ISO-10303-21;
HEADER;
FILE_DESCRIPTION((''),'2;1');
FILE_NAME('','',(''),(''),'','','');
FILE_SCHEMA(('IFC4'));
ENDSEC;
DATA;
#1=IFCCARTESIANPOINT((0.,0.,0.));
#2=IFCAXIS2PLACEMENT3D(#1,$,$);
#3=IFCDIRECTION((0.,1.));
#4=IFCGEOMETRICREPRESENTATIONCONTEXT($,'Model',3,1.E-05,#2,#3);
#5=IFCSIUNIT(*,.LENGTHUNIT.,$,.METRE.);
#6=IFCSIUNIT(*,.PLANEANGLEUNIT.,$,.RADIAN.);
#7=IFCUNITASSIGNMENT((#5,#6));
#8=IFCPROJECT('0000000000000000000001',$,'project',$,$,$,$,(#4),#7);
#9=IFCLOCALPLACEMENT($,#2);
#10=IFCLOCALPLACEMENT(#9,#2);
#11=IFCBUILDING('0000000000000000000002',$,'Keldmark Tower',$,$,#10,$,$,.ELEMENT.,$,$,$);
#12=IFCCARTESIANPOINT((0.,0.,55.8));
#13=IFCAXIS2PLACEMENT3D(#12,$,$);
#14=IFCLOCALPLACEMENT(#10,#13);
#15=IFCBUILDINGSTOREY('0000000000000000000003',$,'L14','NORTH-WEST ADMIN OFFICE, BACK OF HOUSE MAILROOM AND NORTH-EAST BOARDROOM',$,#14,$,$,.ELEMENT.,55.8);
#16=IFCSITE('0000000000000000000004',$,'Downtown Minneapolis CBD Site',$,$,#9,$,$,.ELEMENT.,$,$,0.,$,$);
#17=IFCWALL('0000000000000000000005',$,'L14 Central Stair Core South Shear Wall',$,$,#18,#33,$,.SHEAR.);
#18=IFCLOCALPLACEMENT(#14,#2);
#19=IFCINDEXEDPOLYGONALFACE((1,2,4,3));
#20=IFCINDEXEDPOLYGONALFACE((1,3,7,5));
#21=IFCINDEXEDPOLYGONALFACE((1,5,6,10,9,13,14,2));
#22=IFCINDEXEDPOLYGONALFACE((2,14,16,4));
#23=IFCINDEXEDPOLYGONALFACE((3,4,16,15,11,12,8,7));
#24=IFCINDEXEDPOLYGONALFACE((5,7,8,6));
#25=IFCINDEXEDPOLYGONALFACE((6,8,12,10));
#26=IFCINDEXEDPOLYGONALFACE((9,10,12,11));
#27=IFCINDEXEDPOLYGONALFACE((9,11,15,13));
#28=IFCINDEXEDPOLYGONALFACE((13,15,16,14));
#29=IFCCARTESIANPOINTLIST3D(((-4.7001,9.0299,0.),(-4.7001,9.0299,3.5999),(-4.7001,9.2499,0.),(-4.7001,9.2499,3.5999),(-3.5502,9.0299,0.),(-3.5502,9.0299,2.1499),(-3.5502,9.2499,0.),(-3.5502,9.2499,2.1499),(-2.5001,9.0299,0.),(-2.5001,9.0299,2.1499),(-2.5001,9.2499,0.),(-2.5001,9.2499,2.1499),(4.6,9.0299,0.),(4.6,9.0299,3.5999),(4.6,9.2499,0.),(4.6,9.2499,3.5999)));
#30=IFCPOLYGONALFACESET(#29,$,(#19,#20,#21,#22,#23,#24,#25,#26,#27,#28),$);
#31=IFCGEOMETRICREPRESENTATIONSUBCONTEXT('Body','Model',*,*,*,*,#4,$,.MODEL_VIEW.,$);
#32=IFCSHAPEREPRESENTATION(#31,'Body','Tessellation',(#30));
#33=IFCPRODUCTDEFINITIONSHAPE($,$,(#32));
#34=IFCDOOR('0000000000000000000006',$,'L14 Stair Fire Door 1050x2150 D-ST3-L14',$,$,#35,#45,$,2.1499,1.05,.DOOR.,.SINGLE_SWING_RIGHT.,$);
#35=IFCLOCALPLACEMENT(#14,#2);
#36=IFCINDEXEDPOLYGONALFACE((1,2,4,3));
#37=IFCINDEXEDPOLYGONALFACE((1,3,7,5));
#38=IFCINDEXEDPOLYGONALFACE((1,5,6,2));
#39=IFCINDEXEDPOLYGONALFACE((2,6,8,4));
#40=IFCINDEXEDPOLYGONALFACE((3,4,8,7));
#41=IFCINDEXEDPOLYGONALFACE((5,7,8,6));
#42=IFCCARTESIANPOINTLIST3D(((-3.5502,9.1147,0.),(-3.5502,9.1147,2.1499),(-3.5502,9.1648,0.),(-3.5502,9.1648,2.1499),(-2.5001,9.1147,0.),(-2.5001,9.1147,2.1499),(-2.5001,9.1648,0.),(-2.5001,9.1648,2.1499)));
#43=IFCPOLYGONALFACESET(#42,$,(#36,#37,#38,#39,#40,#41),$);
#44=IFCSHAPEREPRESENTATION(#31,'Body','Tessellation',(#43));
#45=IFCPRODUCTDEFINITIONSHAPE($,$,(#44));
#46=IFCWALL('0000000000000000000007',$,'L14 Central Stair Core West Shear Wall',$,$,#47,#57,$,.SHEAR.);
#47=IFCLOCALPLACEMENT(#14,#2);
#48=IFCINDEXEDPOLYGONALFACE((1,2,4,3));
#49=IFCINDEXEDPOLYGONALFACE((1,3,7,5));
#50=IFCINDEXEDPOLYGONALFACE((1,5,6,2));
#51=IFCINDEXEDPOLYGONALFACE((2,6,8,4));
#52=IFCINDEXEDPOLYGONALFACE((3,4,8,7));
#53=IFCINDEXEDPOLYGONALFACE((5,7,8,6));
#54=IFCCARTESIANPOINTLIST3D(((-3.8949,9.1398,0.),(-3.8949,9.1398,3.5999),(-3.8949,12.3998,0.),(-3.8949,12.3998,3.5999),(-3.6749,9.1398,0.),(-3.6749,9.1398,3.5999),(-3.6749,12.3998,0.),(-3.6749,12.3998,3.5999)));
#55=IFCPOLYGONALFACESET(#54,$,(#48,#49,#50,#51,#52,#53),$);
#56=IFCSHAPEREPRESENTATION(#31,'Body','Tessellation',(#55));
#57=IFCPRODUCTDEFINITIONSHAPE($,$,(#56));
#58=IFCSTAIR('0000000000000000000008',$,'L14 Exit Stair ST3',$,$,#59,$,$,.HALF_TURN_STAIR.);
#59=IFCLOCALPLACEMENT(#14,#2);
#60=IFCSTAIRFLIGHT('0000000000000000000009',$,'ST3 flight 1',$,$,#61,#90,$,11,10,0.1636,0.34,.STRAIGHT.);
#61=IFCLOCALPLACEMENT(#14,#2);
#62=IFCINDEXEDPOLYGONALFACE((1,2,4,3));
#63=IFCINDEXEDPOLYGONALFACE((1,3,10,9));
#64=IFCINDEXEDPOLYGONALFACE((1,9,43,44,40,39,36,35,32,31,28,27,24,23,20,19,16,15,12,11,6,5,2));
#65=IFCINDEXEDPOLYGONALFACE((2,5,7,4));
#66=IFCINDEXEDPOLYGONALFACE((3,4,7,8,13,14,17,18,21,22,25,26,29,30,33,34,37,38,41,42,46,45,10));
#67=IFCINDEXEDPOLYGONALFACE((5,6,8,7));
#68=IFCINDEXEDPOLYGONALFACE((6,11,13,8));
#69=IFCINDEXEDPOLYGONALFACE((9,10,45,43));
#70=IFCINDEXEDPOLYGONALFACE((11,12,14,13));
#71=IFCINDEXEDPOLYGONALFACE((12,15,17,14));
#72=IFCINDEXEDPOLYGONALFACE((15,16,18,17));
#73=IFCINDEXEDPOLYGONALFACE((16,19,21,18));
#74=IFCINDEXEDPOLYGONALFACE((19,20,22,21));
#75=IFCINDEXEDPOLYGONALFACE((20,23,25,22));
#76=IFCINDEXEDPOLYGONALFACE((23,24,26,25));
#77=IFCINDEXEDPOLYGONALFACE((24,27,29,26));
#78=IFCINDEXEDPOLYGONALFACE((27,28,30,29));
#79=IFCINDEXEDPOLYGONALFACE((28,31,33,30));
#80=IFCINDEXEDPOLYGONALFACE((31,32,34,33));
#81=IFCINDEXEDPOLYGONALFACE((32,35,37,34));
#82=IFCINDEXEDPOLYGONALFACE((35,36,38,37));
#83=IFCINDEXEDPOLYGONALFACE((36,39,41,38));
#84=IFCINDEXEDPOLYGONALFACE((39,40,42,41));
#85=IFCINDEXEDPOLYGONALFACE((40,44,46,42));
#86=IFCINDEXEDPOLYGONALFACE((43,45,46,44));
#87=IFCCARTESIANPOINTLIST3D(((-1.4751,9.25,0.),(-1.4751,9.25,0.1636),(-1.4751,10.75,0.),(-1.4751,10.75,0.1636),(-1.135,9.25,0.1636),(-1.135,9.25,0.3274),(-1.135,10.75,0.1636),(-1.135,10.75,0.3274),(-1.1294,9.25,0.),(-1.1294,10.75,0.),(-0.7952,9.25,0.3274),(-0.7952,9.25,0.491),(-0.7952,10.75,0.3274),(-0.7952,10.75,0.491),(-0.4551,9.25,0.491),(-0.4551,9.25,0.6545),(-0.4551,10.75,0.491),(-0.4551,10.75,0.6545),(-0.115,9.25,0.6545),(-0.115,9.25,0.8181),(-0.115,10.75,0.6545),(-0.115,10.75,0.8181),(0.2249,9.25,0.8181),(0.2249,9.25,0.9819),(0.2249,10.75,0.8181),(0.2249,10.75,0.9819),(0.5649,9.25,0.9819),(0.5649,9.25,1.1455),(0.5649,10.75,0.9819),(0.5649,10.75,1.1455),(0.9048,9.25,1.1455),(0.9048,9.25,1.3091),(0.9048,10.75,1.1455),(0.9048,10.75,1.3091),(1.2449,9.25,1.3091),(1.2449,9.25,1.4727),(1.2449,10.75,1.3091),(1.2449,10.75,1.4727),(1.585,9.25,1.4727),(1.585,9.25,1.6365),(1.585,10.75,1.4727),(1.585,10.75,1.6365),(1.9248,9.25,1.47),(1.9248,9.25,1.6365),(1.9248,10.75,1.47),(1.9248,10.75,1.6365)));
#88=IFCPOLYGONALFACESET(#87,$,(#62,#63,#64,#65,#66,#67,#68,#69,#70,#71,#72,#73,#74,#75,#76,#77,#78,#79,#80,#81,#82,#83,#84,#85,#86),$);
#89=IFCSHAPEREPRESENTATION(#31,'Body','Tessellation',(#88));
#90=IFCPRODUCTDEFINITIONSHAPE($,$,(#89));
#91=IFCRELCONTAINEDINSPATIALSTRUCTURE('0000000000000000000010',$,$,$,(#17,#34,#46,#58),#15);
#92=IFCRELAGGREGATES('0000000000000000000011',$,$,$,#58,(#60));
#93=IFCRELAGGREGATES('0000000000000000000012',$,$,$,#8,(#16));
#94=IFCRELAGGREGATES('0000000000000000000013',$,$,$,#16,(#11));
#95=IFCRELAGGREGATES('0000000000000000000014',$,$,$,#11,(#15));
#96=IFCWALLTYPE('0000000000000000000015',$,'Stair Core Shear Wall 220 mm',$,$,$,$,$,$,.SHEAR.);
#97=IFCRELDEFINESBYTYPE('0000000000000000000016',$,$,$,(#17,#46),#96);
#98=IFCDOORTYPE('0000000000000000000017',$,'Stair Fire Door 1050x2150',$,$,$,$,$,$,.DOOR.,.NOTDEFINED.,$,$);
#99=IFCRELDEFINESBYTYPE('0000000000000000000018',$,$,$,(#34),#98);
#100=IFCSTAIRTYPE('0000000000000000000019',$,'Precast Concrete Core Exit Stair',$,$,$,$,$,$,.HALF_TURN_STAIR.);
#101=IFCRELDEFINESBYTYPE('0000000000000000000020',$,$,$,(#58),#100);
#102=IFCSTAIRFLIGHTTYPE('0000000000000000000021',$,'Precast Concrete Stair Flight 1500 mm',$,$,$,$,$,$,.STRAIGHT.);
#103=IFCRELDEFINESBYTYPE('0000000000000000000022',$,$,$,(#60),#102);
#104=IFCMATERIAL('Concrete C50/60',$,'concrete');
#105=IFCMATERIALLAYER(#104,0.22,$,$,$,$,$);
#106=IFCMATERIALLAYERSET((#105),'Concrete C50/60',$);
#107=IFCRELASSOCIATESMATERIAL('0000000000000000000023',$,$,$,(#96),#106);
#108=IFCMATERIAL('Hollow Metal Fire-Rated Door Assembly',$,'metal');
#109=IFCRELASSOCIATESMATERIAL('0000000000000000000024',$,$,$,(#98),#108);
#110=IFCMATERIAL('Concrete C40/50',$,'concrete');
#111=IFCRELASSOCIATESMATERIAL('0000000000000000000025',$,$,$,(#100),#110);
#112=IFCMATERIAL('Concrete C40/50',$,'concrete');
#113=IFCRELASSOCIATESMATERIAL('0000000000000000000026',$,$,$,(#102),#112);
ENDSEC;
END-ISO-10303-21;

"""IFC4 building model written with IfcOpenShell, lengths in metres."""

from ifc_helpers import new_model, si_unit, direction, frame, frame_2d, origin, place, context, subcontext, project, spatial, polyline, rectangle, outline, extrude, material, layer, layer_set, type_object, element, fill, aggregate, save


model = new_model("IFC4")

# Units and contexts
model_context = context("Model", 3, precision=1e-05, world=origin(), true_north=direction((0.0, 1.0)))
body_context = subcontext(model_context, "Body", "Model", "MODEL_VIEW")
ifc_project = project(units=[si_unit("LENGTHUNIT", "METRE"), si_unit("PLANEANGLEUNIT", "RADIAN")], contexts=[model_context])

# Site, building, storey
site_placement = place(None, origin())
site = spatial("IfcSite", under=ifc_project, at=site_placement, Name="Downtown Minneapolis CBD Site", CompositionType="ELEMENT", RefElevation=0.0)
building_placement = place(site_placement, origin())
building = spatial("IfcBuilding", under=site, at=building_placement, Name="Keldmark Tower", CompositionType="ELEMENT")
storey_placement = place(building_placement, frame((0.0, 0.0, 55.8)))
storey = spatial("IfcBuildingStorey", under=building, at=storey_placement, Name="L14", Description="NORTH-WEST ADMIN OFFICE, BACK OF HOUSE MAILROOM AND NORTH-EAST BOARDROOM", CompositionType="ELEMENT", Elevation=55.8)

# Wall, opening, door
ifc_material_1 = material(Name="Concrete C50/60", Category="concrete")
ifc_layer_1 = layer(ifc_material_1, 0.22)
ifc_layer_set_1 = layer_set([ifc_layer_1], Name="Concrete C50/60")
wall_type_1 = type_object("IfcWallType", Name="Stair Core Shear Wall 220 mm", PredefinedType="SHEAR", material=ifc_layer_set_1)
wall_1_placement = place(storey_placement, frame((-4.7, 9.1399, 0.0), z_axis=(0.0, 0.0, 1.0), x_axis=(1.0, 0.0, 0.0)))
wall_1 = element("IfcWall", 1, at=wall_1_placement, inside=storey, type_object=wall_type_1, Name="L14 Central Stair Core South Shear Wall", PredefinedType="SHEAR", context=body_context, shape_type="SweptSolid", body=[
    extrude(rectangle(XDim=9.3, YDim=0.22, at=frame_2d((4.6499, 0.0))), origin(), (0.0, 0.0, 1.0), 3.5999),
])
opening_1_placement = place(wall_1_placement, frame((1.1499, 0.0, 0.0)))
opening_1 = element("IfcOpeningElement", 2, at=opening_1_placement, cuts=wall_1, PredefinedType="OPENING", context=body_context, shape_type="SweptSolid", body=[
    extrude(rectangle(XDim=1.05, YDim=2.1499, at=frame_2d((0.5249, 1.075))), frame((0.0, 0.1199, 0.0), z_axis=(0.0, -1.0, 0.0), x_axis=(1.0, 0.0, 0.0)), (0.0, 0.0, 1.0), 0.24),
])
ifc_material_2 = material(Name="Hollow Metal Fire-Rated Door Assembly", Category="metal")
door_type_1 = type_object("IfcDoorType", Name="Stair Fire Door 1050x2150", OperationType="NOTDEFINED", PredefinedType="DOOR", material=ifc_material_2)
door_1_placement = place(opening_1_placement, origin())
door_1 = element("IfcDoor", 3, at=door_1_placement, inside=storey, type_object=door_type_1, Name="L14 Stair Fire Door 1050x2150 D-ST3-L14", OperationType="SINGLE_SWING_RIGHT", OverallHeight=2.1499, OverallWidth=1.05, PredefinedType="DOOR", context=body_context, shape_type="SweptSolid", body=[
    extrude(rectangle(XDim=1.05, YDim=2.1499, at=frame_2d((0.5249, 1.075))), frame((0.0, 0.0249, 0.0), z_axis=(0.0, -1.0, 0.0), x_axis=(1.0, 0.0, 0.0)), (0.0, 0.0, 1.0), 0.05),
])
fill(opening_1, door_1)

# Wall
wall_2_placement = place(storey_placement, frame((-3.7849, 9.1399, 0.0), z_axis=(0.0, 0.0, 1.0), x_axis=(0.0, 1.0, 0.0)))
element("IfcWall", 4, at=wall_2_placement, inside=storey, type_object=wall_type_1, Name="L14 Central Stair Core West Shear Wall", PredefinedType="SHEAR", context=body_context, shape_type="SweptSolid", body=[
    extrude(rectangle(XDim=3.26, YDim=0.22, at=frame_2d((1.6299, 0.0))), origin(), (0.0, 0.0, 1.0), 3.5999),
])

# Stair, stair flight
ifc_material_3 = material(Name="Concrete C40/50", Category="concrete")
stair_type = type_object("IfcStairType", Name="Precast Concrete Core Exit Stair", PredefinedType="HALF_TURN_STAIR", material=ifc_material_3)
stair_placement = place(storey_placement, origin())
stair = element("IfcStair", 5, at=stair_placement, inside=storey, type_object=stair_type, Name="L14 Exit Stair ST3", PredefinedType="HALF_TURN_STAIR")
ifc_material_4 = material(Name="Concrete C40/50", Category="concrete")
stair_flight_type = type_object("IfcStairFlightType", Name="Precast Concrete Stair Flight 1500 mm", PredefinedType="STRAIGHT", material=ifc_material_4)
stair_flight_placement = place(storey_placement, frame((-1.4751, 10.0, 0.0), z_axis=(0.0, 0.0, 1.0), x_axis=(1.0, 0.0, 0.0)))
stair_flight = element("IfcStairFlight", 6, at=stair_flight_placement, type_object=stair_flight_type, Name="ST3 flight 1", NumberOfRisers=11, NumberOfTreads=10, PredefinedType="STRAIGHT", RiserHeight=0.1636, TreadLength=0.34, context=body_context, shape_type="SweptSolid", body=[
    extrude(outline(polyline([(0.0, 0.0), (0.0, 0.1636), (0.3401, 0.1636), (0.3401, 0.3274), (0.6799, 0.3274), (0.6799, 0.491), (1.02, 0.491), (1.02, 0.6545), (1.3601, 0.6545), (1.3601, 0.8181), (1.7, 0.8181), (1.7, 0.9819), (2.04, 0.9819), (2.04, 1.1455), (2.3799, 1.1455), (2.3799, 1.3091), (2.72, 1.3091), (2.72, 1.4727), (3.0601, 1.4727), (3.0601, 1.6365), (3.3999, 1.6365), (3.3999, 1.8), (3.3999, 1.47), (0.3457, 0.0), (0.0, 0.0)])), frame((0.0, 0.75, 0.0), z_axis=(0.0, -1.0, 0.0), x_axis=(1.0, 0.0, 0.0)), (0.0, 0.0, 1.0), 1.5),
])
aggregate(stair, [stair_flight])

save(model, "model.ifc")
